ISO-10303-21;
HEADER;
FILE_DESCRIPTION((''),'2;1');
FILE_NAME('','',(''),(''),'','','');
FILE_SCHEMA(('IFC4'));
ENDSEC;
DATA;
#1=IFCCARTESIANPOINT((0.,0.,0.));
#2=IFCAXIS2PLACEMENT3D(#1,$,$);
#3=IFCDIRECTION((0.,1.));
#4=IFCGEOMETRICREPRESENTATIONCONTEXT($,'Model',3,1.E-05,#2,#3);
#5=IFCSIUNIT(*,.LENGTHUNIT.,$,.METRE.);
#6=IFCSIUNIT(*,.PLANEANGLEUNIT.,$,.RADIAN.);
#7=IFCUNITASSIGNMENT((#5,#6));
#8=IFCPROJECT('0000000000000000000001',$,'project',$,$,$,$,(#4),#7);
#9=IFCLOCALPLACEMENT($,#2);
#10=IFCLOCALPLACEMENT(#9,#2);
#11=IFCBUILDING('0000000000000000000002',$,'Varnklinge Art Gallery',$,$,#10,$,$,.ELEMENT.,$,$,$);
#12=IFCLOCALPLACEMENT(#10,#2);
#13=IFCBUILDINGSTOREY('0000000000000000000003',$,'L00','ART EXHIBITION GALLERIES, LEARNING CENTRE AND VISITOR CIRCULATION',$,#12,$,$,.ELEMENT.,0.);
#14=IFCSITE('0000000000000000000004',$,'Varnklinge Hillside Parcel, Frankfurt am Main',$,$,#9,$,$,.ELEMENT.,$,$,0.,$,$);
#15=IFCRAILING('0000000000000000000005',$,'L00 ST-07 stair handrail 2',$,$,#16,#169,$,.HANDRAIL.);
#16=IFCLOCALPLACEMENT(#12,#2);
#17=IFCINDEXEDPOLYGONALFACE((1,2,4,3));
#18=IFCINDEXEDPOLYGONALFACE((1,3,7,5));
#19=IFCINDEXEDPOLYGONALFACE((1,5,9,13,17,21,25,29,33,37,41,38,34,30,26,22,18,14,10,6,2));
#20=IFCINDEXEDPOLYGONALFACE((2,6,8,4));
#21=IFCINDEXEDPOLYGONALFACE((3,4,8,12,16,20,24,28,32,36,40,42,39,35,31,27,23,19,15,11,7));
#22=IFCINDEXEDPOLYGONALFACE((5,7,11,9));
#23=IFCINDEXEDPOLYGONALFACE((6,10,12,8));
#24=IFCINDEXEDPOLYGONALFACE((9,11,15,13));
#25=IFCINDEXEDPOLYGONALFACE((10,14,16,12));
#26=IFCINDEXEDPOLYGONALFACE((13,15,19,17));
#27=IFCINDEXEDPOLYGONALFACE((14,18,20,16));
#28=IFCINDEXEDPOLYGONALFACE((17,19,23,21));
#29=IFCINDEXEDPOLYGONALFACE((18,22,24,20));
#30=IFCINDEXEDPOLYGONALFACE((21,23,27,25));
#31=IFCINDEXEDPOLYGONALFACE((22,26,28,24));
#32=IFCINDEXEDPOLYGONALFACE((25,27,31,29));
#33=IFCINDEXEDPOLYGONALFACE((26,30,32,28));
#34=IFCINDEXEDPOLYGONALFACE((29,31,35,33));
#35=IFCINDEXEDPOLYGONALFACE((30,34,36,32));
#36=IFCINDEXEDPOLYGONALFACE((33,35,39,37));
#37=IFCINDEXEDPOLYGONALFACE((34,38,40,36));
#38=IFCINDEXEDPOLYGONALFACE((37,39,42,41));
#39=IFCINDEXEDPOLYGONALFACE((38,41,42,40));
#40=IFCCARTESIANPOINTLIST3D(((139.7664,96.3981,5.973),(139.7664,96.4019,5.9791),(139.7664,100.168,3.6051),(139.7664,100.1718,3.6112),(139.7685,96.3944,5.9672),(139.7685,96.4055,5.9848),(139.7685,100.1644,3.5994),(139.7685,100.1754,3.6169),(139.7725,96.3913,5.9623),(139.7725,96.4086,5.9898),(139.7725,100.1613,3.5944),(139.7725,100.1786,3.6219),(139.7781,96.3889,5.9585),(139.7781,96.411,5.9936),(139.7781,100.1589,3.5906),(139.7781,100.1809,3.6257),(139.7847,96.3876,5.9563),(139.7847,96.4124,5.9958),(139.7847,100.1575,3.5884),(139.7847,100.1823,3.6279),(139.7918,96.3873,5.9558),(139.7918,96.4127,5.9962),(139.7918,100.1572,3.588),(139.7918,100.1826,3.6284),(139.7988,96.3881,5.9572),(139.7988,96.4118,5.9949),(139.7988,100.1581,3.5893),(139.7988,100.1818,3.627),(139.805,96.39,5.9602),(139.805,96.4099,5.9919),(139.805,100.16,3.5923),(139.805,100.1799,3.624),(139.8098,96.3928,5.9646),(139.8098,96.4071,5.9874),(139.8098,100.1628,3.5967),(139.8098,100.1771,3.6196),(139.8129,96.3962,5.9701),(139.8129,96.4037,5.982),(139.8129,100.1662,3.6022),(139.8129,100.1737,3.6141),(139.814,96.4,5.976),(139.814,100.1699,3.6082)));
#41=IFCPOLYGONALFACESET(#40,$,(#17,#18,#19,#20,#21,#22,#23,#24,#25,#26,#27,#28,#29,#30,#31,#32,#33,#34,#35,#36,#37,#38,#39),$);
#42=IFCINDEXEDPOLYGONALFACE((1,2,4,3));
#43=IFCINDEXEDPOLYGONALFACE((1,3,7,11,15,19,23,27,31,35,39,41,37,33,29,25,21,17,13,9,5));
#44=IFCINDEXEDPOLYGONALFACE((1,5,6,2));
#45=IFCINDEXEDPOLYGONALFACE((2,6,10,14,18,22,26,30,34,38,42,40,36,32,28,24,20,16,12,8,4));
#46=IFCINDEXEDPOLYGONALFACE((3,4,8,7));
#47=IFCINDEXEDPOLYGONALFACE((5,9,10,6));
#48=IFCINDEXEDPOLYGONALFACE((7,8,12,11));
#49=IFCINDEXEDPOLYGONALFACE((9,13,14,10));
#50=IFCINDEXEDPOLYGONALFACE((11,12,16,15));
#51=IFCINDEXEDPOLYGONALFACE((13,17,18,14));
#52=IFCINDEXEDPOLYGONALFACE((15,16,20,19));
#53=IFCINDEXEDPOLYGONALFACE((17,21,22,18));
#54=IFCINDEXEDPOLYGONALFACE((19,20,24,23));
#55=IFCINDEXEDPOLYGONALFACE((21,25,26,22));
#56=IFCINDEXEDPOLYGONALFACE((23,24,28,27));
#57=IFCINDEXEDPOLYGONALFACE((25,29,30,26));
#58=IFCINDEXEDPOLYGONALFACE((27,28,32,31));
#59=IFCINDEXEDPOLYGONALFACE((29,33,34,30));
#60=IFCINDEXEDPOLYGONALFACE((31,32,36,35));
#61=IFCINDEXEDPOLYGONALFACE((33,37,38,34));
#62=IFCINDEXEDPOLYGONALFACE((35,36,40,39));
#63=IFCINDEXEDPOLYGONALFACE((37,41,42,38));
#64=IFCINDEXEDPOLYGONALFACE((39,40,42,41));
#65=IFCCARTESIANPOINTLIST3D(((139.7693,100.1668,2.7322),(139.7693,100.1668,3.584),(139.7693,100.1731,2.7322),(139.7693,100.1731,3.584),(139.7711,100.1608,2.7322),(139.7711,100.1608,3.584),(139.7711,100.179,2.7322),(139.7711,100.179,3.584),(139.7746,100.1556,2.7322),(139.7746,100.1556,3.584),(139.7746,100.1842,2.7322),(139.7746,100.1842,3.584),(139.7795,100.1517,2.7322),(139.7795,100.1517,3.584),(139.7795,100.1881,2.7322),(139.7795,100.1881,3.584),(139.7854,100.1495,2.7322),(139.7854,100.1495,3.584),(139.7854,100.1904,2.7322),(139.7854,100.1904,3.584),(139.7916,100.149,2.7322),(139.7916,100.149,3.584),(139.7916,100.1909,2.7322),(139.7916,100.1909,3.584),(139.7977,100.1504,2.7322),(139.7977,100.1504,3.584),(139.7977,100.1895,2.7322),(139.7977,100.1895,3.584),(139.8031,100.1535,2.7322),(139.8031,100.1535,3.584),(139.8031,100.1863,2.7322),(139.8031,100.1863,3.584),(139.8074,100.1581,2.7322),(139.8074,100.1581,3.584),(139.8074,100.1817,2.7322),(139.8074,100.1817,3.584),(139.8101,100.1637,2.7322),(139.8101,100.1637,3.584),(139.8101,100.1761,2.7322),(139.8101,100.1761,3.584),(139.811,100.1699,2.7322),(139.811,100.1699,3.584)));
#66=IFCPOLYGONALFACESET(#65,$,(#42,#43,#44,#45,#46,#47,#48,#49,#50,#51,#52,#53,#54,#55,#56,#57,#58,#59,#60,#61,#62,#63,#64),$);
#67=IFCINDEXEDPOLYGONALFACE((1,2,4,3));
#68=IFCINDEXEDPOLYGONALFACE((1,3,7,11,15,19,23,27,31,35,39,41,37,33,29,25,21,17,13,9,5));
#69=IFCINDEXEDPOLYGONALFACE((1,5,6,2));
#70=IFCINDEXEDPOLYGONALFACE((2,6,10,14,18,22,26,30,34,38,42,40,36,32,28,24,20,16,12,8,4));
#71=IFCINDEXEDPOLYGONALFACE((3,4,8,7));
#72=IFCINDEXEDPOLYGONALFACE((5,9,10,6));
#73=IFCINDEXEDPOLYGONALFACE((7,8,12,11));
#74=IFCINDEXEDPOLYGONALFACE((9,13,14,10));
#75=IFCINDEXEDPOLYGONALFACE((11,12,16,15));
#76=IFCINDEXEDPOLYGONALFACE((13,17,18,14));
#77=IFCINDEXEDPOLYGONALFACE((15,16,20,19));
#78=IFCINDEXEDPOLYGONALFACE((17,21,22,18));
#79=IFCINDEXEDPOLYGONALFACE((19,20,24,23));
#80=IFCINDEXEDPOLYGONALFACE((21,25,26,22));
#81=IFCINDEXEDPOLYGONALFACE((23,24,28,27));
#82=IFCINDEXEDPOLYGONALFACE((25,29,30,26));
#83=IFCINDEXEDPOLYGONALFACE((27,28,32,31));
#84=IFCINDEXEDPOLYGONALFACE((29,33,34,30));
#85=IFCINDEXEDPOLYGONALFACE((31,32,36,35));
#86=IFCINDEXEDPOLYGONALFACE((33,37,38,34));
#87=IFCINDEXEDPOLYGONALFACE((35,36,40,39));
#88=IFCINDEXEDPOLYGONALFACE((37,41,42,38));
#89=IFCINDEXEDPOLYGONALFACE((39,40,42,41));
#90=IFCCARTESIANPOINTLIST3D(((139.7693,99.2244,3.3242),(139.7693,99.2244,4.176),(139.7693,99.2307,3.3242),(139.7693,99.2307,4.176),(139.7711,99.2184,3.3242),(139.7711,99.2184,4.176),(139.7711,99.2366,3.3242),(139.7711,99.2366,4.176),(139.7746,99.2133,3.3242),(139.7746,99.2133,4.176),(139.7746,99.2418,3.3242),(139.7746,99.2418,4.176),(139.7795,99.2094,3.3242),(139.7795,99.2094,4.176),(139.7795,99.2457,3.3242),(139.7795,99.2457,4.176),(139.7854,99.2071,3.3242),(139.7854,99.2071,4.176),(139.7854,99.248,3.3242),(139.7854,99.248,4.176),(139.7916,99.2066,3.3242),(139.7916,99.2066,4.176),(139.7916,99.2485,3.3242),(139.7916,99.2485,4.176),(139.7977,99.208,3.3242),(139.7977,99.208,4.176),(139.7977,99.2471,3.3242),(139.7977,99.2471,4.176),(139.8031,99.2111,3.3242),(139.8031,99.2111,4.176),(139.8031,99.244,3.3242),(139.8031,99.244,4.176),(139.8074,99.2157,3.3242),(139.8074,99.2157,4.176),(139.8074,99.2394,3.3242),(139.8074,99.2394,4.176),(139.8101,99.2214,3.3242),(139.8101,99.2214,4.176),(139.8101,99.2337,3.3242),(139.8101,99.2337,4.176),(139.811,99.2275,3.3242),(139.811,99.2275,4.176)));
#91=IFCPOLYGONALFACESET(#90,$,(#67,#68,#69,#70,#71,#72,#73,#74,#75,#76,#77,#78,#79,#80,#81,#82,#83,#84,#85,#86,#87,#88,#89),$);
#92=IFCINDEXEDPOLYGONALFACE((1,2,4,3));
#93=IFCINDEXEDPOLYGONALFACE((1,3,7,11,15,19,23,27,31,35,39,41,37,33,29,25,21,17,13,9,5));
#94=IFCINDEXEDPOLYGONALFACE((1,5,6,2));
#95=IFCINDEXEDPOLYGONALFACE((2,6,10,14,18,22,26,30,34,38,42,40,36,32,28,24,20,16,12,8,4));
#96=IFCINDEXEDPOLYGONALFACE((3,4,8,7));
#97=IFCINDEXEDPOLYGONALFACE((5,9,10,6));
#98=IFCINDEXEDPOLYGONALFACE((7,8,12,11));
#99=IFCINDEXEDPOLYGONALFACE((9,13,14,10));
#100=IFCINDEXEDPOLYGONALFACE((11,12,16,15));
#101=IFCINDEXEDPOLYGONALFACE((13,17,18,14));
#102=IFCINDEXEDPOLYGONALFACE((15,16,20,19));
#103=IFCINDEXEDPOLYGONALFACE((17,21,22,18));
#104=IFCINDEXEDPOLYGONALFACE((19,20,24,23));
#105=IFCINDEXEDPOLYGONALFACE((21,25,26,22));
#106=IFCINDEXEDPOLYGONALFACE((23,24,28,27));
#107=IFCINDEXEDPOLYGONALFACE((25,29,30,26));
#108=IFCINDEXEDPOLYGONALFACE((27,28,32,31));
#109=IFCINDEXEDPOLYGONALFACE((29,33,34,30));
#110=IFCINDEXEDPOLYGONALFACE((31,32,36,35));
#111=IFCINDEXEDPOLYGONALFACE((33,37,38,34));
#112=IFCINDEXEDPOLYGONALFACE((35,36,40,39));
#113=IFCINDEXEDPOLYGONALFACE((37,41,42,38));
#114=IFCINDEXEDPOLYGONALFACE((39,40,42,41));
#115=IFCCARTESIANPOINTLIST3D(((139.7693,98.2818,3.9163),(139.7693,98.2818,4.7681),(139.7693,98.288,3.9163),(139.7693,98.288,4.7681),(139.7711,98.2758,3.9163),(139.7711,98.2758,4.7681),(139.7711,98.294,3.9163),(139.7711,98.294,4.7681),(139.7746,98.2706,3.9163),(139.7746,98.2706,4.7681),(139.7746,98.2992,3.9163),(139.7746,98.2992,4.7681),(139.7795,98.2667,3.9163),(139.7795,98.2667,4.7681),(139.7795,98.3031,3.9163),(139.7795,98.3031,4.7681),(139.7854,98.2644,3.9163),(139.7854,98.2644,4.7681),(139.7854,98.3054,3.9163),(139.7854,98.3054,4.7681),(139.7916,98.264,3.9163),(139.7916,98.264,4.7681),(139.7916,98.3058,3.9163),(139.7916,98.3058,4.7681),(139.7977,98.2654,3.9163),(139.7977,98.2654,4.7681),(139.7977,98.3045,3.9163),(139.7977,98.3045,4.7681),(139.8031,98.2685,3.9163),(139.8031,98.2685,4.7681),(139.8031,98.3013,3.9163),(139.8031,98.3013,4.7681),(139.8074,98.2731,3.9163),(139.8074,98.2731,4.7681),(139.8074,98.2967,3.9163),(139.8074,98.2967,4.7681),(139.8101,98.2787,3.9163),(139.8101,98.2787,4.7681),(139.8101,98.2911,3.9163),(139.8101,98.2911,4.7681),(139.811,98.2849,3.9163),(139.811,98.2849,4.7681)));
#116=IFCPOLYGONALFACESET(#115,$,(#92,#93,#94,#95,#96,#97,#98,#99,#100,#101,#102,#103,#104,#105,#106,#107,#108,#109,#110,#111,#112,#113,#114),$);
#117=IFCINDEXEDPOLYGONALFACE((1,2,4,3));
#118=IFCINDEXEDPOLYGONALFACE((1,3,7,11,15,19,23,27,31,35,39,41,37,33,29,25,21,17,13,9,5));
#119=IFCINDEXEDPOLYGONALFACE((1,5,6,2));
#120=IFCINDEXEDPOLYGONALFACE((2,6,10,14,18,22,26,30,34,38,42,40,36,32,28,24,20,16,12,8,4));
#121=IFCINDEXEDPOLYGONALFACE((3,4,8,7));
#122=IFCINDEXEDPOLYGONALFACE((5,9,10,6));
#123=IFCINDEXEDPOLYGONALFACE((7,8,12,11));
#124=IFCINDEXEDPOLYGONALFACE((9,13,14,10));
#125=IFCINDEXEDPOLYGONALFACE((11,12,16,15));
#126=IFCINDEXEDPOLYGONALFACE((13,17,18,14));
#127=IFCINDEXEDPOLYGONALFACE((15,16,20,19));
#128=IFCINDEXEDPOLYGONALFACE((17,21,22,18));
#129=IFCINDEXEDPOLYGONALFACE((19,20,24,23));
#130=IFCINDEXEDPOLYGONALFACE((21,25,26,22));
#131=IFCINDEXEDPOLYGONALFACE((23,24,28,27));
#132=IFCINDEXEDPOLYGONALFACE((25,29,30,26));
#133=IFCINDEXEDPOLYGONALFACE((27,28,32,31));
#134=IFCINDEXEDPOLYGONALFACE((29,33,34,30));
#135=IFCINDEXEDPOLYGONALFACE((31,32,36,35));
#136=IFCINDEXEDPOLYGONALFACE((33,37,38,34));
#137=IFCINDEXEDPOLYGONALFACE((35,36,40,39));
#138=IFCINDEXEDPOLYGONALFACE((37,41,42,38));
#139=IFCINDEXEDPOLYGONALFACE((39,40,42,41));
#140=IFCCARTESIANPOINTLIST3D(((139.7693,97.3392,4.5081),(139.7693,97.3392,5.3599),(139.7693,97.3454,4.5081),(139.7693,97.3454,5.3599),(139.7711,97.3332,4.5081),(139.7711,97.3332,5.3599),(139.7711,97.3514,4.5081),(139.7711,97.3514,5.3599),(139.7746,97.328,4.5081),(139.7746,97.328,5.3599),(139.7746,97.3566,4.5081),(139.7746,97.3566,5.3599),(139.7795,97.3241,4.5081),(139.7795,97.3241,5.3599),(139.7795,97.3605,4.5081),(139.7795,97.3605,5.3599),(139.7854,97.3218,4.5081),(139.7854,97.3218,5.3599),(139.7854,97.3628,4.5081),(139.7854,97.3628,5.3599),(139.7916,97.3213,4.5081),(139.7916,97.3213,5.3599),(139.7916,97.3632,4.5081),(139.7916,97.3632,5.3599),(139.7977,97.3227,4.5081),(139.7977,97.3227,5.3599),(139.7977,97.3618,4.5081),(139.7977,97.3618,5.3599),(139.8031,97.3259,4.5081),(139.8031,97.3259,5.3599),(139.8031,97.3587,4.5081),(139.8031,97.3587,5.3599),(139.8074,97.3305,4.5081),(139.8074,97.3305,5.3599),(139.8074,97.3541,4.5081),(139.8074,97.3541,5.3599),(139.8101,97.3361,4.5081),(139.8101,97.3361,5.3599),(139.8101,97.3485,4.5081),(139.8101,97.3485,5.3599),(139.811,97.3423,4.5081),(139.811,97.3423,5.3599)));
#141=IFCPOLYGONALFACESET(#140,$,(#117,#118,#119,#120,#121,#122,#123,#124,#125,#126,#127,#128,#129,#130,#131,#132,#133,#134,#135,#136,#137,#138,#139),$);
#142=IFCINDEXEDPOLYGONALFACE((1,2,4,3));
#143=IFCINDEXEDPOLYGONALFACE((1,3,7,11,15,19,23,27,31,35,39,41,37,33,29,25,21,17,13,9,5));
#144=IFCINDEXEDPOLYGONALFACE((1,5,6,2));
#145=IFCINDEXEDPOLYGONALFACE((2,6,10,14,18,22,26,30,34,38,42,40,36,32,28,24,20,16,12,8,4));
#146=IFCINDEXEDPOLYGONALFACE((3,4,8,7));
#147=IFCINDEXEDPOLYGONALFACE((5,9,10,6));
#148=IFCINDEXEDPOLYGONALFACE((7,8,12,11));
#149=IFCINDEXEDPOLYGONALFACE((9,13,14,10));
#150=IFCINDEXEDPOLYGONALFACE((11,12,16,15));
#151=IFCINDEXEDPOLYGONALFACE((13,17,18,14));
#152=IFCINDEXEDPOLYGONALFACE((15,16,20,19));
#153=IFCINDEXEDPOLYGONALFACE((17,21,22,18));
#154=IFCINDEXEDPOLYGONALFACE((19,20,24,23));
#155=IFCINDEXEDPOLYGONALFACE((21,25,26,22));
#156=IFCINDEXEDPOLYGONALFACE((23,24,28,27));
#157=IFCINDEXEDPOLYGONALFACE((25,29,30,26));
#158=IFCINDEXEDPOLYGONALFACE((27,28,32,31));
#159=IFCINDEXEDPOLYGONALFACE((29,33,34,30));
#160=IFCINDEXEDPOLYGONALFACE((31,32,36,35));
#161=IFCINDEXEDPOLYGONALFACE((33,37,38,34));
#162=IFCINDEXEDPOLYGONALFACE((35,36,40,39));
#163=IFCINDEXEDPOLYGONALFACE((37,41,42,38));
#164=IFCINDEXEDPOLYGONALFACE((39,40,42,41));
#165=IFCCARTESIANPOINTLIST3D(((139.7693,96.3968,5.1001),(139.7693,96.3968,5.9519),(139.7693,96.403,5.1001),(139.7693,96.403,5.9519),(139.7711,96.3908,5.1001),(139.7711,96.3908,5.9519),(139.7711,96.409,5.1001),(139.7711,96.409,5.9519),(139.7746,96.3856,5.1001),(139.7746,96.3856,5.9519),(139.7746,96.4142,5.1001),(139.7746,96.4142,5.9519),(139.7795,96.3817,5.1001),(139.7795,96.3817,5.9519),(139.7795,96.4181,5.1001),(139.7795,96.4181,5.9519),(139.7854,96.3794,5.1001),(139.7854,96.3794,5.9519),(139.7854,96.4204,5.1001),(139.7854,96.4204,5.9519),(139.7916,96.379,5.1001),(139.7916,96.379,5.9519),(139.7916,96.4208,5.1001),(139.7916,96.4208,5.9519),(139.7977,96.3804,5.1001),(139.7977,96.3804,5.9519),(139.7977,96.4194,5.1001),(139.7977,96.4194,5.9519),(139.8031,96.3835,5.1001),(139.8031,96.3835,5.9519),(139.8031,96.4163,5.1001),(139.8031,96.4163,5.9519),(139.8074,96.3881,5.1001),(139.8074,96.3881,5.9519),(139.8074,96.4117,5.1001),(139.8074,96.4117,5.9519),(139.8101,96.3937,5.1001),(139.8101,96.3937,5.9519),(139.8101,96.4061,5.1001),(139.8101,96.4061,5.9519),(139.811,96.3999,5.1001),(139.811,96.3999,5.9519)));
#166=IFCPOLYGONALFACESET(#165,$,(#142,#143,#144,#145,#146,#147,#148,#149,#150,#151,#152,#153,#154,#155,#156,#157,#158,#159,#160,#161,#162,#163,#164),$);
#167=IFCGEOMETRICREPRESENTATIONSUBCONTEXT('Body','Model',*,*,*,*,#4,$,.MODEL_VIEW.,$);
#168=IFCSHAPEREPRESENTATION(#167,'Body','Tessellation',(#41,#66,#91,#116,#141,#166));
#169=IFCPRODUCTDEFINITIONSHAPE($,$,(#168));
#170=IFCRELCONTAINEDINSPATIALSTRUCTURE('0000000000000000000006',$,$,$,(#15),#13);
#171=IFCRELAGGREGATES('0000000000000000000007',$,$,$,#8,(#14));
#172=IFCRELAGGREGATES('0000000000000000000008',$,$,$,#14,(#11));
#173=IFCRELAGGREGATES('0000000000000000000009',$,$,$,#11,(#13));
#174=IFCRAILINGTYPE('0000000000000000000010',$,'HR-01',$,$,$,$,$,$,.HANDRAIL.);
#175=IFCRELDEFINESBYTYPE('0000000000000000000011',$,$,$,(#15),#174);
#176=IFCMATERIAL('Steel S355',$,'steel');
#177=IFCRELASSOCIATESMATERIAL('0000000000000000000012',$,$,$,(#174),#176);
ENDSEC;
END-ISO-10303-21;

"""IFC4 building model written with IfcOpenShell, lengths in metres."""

from ifc_helpers import new_model, si_unit, direction, frame, origin, origin_2d, place, context, subcontext, project, spatial, circle, extrude, material, type_object, element, save


model = new_model("IFC4")

# Units and contexts
model_context = context("Model", 3, precision=1e-05, world=origin(), true_north=direction((0.0, 1.0)))
body_context = subcontext(model_context, "Body", "Model", "MODEL_VIEW")
ifc_project = project(units=[si_unit("LENGTHUNIT", "METRE"), si_unit("PLANEANGLEUNIT", "RADIAN")], contexts=[model_context])

# Site, building, storey
site_placement = place(None, origin())
site = spatial("IfcSite", under=ifc_project, at=site_placement, Name="Varnklinge Hillside Parcel, Frankfurt am Main", CompositionType="ELEMENT", RefElevation=0.0)
building_placement = place(site_placement, origin())
building = spatial("IfcBuilding", under=site, at=building_placement, Name="Varnklinge Art Gallery", CompositionType="ELEMENT")
storey_placement = place(building_placement, origin())
storey = spatial("IfcBuildingStorey", under=building, at=storey_placement, Name="L00", Description="ART EXHIBITION GALLERIES, LEARNING CENTRE AND VISITOR CIRCULATION", CompositionType="ELEMENT", Elevation=0.0)

# Railing
ifc_material_1 = material(Name="Steel S355", Category="steel")
railing_type = type_object("IfcRailingType", Name="HR-01", PredefinedType="HANDRAIL", material=ifc_material_1)
railing_placement = place(storey_placement, frame((139.79, 100.1699, 2.7322)))
element("IfcRailing", 1, at=railing_placement, inside=storey, type_object=railing_type, Name="L00 ST-07 stair handrail 2", PredefinedType="HANDRAIL", context=body_context, shape_type="SweptSolid", body=[
    extrude(circle(Radius=0.0239, at=origin_2d()), frame((0.0, 0.0, 0.876), z_axis=(0.0, -0.846819, 0.531881), x_axis=(1.0, 0.0, 0.0)), (0.0, 0.0, 1.0), 4.4519),
    extrude(circle(Radius=0.021, at=origin_2d()), origin(), (0.0, 0.0, 1.0), 0.8518),
    extrude(circle(Radius=0.021, at=origin_2d()), frame((0.0, -0.9424, 0.592)), (0.0, 0.0, 1.0), 0.8518),
    extrude(circle(Radius=0.021, at=origin_2d()), frame((0.0, -1.885, 1.1841)), (0.0, 0.0, 1.0), 0.8518),
    extrude(circle(Radius=0.021, at=origin_2d()), frame((0.0, -2.8276, 1.7759)), (0.0, 0.0, 1.0), 0.8518),
    extrude(circle(Radius=0.021, at=origin_2d()), frame((0.0, -3.77, 2.3679)), (0.0, 0.0, 1.0), 0.8518),
])

save(model, "model.ifc")
